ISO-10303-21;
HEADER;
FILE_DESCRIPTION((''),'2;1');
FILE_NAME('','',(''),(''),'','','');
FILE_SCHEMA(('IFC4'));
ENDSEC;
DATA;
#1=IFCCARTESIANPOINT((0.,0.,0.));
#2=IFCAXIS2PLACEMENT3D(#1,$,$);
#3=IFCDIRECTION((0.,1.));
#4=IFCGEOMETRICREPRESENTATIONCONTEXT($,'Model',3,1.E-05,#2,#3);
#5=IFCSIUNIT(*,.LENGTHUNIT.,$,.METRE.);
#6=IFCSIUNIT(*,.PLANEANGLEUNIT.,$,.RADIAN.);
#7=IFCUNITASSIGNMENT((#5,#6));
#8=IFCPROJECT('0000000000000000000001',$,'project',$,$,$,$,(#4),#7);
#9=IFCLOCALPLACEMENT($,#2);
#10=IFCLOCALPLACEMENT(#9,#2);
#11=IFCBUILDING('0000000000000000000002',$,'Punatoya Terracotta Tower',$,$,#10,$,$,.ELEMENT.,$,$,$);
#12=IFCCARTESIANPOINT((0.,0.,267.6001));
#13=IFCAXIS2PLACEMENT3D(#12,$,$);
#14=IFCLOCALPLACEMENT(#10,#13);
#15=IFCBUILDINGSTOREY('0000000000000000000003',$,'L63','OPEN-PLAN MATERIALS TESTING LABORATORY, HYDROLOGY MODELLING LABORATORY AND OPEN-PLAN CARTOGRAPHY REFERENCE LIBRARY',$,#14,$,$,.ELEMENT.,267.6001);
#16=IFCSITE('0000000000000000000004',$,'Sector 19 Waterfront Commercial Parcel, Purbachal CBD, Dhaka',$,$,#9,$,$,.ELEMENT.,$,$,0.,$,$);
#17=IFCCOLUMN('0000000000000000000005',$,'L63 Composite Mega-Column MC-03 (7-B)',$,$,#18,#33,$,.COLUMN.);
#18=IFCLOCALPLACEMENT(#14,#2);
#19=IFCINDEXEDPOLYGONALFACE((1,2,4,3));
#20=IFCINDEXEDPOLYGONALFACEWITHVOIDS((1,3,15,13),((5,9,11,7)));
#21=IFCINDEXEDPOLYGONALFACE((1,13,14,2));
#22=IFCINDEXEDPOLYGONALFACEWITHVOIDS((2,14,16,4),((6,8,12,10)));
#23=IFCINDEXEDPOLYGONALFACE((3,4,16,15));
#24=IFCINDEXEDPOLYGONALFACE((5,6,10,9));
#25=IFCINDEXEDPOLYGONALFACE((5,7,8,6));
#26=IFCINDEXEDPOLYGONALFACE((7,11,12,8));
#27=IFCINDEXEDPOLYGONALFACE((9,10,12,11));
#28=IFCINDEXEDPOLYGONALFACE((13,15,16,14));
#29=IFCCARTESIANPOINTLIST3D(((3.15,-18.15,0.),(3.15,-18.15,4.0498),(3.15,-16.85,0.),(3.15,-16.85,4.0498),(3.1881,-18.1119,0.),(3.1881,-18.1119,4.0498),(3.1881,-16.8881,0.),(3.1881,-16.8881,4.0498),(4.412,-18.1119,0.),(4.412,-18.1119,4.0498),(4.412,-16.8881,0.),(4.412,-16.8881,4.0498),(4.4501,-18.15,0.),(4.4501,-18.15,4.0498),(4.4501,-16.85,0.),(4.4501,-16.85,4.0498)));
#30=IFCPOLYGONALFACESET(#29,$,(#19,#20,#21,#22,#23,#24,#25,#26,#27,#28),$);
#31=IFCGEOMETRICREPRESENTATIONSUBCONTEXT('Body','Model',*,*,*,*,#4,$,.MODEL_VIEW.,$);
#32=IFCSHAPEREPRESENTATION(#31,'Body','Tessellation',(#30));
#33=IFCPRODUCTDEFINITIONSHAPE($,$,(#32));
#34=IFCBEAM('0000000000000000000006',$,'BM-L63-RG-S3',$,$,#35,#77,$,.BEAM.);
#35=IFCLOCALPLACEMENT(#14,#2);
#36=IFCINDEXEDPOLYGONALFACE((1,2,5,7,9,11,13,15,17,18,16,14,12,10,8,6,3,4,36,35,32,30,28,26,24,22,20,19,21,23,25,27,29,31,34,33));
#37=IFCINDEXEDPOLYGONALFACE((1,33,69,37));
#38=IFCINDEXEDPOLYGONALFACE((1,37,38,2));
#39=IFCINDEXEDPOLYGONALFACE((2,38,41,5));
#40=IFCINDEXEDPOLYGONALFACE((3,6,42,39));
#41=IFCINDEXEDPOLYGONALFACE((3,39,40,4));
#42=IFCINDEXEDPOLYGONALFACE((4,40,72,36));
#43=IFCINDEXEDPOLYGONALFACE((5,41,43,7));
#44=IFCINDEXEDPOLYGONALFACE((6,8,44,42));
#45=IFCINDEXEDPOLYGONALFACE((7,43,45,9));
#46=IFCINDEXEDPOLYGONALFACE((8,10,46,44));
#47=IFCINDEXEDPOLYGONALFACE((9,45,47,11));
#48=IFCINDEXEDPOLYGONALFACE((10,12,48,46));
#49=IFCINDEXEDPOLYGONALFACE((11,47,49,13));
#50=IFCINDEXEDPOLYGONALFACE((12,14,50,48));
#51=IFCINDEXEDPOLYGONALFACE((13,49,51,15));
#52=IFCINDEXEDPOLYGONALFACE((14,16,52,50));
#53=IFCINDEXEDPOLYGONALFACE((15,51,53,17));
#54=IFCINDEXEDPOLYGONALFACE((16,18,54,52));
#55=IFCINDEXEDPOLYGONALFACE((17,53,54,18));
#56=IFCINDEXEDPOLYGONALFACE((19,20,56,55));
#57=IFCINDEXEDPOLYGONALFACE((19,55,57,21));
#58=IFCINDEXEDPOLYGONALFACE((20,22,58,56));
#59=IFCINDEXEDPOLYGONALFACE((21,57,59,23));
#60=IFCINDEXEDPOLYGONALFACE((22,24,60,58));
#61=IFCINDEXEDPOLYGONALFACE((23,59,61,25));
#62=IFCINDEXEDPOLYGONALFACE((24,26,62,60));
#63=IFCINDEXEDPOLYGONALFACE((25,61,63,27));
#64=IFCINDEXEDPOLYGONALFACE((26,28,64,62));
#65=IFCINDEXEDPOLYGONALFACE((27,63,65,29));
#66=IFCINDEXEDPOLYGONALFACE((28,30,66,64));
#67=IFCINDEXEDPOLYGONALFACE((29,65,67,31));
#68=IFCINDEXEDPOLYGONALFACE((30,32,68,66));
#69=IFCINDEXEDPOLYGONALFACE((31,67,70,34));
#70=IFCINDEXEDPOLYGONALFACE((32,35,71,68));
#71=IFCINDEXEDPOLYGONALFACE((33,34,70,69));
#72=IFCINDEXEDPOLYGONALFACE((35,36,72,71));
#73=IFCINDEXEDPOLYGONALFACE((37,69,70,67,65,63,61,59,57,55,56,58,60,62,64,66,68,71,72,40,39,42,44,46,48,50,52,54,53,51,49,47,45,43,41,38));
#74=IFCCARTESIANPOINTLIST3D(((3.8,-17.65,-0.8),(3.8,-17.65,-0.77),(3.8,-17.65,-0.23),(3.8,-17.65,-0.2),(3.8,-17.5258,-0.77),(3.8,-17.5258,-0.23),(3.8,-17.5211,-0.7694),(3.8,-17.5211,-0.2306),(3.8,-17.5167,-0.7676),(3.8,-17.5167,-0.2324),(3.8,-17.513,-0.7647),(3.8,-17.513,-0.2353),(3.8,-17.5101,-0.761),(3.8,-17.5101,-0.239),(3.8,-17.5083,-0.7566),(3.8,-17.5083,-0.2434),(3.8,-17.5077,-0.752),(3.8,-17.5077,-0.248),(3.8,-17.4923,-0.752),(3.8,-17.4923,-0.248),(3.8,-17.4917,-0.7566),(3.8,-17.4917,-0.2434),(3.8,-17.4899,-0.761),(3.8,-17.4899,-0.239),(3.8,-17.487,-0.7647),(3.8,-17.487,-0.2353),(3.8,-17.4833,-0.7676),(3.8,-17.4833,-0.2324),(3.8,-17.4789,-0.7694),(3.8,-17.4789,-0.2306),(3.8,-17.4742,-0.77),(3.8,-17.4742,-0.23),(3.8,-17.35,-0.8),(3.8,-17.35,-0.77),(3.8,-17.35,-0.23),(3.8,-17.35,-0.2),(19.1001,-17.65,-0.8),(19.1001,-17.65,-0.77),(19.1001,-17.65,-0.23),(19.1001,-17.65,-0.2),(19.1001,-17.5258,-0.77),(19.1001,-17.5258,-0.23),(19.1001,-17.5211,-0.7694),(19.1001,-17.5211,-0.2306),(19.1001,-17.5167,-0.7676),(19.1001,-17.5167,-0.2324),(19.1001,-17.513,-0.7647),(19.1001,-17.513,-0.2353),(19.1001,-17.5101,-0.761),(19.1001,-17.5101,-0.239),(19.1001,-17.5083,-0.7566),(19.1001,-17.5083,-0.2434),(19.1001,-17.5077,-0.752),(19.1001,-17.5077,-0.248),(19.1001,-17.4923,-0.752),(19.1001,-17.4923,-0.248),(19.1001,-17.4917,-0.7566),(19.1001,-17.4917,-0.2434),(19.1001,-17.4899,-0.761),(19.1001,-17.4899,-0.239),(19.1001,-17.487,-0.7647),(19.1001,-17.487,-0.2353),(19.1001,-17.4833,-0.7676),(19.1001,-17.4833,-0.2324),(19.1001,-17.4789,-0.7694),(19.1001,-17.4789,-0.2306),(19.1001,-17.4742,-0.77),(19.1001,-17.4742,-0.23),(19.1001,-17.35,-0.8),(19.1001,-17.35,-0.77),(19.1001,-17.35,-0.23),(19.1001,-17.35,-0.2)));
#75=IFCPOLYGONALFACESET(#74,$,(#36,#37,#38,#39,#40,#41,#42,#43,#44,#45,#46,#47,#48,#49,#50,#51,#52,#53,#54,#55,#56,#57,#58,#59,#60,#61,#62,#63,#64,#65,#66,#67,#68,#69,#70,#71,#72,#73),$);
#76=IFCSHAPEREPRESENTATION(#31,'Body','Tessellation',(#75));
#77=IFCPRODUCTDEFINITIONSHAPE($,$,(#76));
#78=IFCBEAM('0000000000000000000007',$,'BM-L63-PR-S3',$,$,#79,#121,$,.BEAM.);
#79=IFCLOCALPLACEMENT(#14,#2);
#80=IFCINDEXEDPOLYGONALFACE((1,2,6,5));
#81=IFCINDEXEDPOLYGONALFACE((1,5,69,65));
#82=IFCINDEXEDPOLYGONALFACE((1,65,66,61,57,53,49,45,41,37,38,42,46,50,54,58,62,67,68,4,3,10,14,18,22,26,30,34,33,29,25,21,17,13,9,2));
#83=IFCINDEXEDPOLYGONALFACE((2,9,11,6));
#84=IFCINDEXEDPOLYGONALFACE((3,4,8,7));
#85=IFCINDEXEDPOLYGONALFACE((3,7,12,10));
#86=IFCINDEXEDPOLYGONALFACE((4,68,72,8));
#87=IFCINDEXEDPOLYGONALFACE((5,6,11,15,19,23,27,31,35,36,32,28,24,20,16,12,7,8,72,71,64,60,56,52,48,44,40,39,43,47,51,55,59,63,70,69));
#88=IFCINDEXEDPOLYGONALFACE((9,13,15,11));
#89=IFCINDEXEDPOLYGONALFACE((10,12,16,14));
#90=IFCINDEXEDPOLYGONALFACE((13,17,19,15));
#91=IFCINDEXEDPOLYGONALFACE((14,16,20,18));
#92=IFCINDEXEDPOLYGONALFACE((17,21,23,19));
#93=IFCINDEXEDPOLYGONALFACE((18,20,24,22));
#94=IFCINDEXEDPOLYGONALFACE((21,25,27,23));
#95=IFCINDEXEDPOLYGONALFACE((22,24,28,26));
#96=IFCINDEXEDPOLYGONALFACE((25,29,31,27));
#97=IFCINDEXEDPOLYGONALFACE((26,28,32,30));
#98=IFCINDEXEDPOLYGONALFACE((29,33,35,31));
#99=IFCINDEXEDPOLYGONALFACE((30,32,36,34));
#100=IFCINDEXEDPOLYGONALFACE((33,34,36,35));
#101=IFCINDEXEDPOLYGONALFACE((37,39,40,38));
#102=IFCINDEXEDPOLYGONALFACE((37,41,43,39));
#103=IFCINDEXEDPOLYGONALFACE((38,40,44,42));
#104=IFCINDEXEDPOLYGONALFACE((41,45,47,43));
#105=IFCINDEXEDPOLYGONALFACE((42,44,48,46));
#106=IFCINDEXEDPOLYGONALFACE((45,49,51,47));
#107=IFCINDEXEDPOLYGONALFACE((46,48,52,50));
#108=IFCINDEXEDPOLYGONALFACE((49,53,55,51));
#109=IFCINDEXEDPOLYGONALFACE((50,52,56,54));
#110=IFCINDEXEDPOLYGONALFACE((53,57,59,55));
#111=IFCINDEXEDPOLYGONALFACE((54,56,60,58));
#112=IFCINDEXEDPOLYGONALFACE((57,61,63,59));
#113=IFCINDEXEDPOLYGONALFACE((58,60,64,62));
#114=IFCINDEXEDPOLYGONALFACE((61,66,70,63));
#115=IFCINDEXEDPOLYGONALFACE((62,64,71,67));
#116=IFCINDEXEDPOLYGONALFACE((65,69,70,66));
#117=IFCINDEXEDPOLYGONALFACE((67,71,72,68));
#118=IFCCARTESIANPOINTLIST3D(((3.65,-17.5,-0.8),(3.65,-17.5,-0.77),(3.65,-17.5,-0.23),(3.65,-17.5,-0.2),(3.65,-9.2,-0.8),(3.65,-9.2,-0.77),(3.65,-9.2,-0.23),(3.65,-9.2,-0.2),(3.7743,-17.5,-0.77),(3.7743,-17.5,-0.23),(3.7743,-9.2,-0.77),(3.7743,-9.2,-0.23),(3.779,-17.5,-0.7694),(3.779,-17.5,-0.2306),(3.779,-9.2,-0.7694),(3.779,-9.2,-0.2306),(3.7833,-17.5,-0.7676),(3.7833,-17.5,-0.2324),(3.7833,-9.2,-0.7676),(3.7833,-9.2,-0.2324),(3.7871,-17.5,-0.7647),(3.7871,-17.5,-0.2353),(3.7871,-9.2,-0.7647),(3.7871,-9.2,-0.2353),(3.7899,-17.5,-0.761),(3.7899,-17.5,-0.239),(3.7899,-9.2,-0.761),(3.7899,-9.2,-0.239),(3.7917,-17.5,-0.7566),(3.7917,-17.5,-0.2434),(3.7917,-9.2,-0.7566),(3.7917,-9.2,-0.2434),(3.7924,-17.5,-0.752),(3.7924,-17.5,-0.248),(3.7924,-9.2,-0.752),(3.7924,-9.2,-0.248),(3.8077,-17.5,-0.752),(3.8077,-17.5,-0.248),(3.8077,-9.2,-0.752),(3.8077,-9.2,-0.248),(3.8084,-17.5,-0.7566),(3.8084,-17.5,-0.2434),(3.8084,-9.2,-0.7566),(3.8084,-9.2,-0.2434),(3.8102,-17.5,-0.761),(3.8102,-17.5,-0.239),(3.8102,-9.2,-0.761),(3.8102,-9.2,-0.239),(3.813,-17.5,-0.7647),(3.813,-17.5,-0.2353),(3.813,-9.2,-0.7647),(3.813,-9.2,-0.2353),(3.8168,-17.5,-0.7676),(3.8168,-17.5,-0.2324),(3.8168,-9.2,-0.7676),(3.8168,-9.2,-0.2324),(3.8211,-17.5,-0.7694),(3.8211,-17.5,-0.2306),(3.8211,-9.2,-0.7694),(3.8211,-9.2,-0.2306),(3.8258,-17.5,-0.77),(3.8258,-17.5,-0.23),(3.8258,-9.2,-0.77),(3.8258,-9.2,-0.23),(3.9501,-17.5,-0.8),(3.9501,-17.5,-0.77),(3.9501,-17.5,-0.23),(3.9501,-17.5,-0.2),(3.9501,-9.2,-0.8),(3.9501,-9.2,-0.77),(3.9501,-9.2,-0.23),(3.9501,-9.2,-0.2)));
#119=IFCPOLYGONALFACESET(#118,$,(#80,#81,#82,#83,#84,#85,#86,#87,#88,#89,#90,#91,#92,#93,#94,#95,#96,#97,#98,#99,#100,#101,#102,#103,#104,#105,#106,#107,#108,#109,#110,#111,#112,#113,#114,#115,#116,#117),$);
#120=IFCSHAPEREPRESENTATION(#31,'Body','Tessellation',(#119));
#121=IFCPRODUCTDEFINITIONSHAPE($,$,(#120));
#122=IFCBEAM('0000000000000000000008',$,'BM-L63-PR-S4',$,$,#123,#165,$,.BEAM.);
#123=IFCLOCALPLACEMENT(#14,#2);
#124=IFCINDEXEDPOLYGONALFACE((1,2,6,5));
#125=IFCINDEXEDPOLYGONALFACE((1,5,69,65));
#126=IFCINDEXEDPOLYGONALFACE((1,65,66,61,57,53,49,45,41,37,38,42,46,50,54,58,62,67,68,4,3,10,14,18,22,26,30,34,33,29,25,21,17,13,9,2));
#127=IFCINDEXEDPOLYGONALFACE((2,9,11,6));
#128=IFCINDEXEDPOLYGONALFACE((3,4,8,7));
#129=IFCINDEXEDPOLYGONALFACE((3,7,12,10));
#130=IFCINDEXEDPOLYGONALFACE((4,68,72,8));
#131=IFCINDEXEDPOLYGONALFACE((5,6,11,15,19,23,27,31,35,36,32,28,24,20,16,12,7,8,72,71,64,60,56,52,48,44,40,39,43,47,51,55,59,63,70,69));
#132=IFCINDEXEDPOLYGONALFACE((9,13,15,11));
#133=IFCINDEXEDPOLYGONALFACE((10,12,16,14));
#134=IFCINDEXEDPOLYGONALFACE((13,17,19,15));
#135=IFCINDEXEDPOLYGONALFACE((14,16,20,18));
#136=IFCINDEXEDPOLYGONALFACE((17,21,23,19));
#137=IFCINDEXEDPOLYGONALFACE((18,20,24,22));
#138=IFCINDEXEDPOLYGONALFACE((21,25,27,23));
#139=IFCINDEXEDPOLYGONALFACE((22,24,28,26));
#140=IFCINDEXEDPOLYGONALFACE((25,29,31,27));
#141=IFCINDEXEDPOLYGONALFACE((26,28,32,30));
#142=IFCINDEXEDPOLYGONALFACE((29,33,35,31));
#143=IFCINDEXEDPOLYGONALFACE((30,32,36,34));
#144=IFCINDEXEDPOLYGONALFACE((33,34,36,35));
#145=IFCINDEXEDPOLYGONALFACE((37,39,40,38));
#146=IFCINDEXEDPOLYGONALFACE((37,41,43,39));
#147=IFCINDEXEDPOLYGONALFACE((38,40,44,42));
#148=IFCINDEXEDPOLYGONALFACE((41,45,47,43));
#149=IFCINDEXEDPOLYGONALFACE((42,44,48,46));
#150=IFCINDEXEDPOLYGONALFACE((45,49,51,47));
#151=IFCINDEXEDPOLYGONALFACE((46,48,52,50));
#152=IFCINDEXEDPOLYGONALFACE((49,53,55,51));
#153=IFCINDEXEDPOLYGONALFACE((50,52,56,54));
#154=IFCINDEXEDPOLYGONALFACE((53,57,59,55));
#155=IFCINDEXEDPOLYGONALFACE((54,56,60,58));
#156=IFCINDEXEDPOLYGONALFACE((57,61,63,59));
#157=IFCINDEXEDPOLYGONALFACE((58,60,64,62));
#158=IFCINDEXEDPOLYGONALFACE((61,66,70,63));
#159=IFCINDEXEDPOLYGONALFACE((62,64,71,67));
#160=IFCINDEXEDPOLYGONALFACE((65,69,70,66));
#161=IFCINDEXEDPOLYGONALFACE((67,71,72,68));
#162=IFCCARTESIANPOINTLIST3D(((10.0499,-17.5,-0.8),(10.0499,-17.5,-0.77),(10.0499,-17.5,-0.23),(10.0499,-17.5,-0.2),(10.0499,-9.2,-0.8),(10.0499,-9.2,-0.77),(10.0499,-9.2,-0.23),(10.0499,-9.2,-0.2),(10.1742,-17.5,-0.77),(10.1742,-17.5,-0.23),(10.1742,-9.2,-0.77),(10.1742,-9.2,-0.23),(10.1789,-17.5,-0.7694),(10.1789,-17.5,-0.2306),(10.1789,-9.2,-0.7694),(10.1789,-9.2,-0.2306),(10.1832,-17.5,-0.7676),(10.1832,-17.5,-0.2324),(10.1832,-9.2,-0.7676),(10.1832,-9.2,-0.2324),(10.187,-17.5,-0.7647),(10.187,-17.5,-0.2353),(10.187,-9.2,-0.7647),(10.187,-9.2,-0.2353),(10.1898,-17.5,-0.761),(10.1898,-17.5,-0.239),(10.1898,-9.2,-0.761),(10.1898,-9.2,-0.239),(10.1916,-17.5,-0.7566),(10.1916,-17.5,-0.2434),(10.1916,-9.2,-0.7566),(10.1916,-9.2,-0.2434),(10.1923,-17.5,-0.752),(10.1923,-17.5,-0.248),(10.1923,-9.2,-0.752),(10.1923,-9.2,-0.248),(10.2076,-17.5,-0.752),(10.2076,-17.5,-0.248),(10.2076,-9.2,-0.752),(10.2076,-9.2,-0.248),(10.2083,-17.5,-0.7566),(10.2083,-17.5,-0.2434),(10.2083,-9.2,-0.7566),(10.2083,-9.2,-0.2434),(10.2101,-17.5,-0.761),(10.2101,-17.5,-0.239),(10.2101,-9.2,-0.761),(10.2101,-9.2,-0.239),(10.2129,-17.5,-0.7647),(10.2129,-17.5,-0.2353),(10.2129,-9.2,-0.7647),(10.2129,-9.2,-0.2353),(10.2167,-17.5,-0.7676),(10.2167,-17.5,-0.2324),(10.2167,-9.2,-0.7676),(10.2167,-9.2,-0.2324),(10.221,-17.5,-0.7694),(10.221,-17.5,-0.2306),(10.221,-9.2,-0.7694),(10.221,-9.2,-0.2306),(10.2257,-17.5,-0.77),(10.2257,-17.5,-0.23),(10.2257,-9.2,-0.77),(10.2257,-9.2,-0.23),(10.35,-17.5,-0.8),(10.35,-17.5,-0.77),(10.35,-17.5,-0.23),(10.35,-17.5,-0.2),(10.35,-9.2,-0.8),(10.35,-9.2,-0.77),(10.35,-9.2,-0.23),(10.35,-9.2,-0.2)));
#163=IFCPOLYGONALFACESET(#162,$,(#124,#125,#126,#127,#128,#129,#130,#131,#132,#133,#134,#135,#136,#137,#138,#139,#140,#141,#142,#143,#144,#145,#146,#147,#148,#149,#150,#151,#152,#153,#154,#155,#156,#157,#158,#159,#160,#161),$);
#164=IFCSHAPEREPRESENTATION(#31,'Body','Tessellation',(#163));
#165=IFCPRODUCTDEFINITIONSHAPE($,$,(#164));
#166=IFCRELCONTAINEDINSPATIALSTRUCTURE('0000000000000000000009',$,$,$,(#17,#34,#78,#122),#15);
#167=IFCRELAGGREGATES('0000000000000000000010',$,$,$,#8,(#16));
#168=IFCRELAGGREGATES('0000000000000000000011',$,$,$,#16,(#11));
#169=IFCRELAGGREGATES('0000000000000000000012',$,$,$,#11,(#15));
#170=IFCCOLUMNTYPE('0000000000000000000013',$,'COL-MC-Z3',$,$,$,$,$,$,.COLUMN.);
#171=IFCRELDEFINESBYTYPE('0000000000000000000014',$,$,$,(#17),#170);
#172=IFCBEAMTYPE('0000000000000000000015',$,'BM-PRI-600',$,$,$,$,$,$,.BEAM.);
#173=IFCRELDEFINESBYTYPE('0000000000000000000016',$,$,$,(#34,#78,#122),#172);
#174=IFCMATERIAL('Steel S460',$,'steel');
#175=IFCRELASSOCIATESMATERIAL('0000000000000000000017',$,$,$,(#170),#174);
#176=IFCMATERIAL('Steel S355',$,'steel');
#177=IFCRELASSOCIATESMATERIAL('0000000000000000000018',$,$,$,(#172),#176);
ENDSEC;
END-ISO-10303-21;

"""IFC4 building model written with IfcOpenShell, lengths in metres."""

from ifc_helpers import new_model, si_unit, direction, frame, origin, origin_2d, place, context, subcontext, project, spatial, hollow_rectangle, i_section, extrude, material, material_profile, profile_set, type_object, element, save


model = new_model("IFC4")

# Units and contexts
model_context = context("Model", 3, precision=1e-05, world=origin(), true_north=direction((0.0, 1.0)))
body_context = subcontext(model_context, "Body", "Model", "MODEL_VIEW")
ifc_project = project(units=[si_unit("LENGTHUNIT", "METRE"), si_unit("PLANEANGLEUNIT", "RADIAN")], contexts=[model_context])

# Site, building, storey
site_placement = place(None, origin())
site = spatial("IfcSite", under=ifc_project, at=site_placement, Name="Sector 19 Waterfront Commercial Parcel, Purbachal CBD, Dhaka", CompositionType="ELEMENT", RefElevation=0.0)
building_placement = place(site_placement, origin())
building = spatial("IfcBuilding", under=site, at=building_placement, Name="Punatoya Terracotta Tower", CompositionType="ELEMENT")
storey_placement = place(building_placement, frame((0.0, 0.0, 267.6001)))
storey = spatial("IfcBuildingStorey", under=building, at=storey_placement, Name="L63", Description="OPEN-PLAN MATERIALS TESTING LABORATORY, HYDROLOGY MODELLING LABORATORY AND OPEN-PLAN CARTOGRAPHY REFERENCE LIBRARY", CompositionType="ELEMENT", Elevation=267.6001)

# Column
ifc_material_1 = material(Name="Steel S460", Category="steel")
ifc_material_profile_1 = material_profile(ifc_material_1, hollow_rectangle(XDim=1.3, YDim=1.3, WallThickness=0.0381, at=origin_2d()))
ifc_profile_set_1 = profile_set([ifc_material_profile_1], Name="Steel S460")
column_type = type_object("IfcColumnType", Name="COL-MC-Z3", PredefinedType="COLUMN", material=ifc_profile_set_1)
column_placement = place(storey_placement, frame((3.8, -17.5, 0.0), z_axis=(0.0, 0.0, 1.0), x_axis=(1.0, 0.0, 0.0)))
element("IfcColumn", 1, at=column_placement, inside=storey, type_object=column_type, Name="L63 Composite Mega-Column MC-03 (7-B)", PredefinedType="COLUMN", context=body_context, shape_type="SweptSolid", body=[
    extrude(hollow_rectangle(XDim=1.3, YDim=1.3, WallThickness=0.0381, at=origin_2d()), origin(), (0.0, 0.0, 1.0), 4.0498),
])

# Beams
ifc_material_2 = material(Name="Steel S355", Category="steel")
ifc_material_profile_2 = material_profile(ifc_material_2, i_section(OverallWidth=0.3, OverallDepth=0.6001, WebThickness=0.0154, FlangeThickness=0.03, FilletRadius=0.0181, at=origin_2d()))
ifc_profile_set_2 = profile_set([ifc_material_profile_2], Name="Steel S355")
beam_type_1 = type_object("IfcBeamType", Name="BM-PRI-600", PredefinedType="BEAM", material=ifc_profile_set_2)
beam_1_placement = place(storey_placement, frame((3.8, -17.5, -0.5), z_axis=(1.0, 0.0, 0.0), x_axis=(0.0, 1.0, 0.0)))
element("IfcBeam", 2, at=beam_1_placement, inside=storey, type_object=beam_type_1, Name="BM-L63-RG-S3", PredefinedType="BEAM", context=body_context, shape_type="SweptSolid", body=[
    extrude(i_section(OverallWidth=0.3, OverallDepth=0.6001, WebThickness=0.0154, FlangeThickness=0.03, FilletRadius=0.0181, at=origin_2d()), origin(), (0.0, 0.0, 1.0), 15.3),
])
for number, where, z_axis, x_axis, name in (
    (3, (3.8, -17.5, -0.5), (0.0, 1.0, 0.0), (-1.0, 0.0, 0.0), "BM-L63-PR-S3"),
    (4, (10.2, -17.5, -0.5), (0.0, 1.0, 0.0), (-1.0, 0.0, 0.0), "BM-L63-PR-S4"),
):
    element("IfcBeam", number, at=place(storey_placement, frame(where, z_axis=z_axis, x_axis=x_axis)), inside=storey, type_object=beam_type_1, Name=name, PredefinedType="BEAM", context=body_context, shape_type="SweptSolid", body=[
        extrude(i_section(OverallWidth=0.3, OverallDepth=0.6001, WebThickness=0.0154, FlangeThickness=0.03, FilletRadius=0.0181, at=origin_2d()), origin(), (0.0, 0.0, 1.0), 8.3),
    ])

save(model, "model.ifc")
